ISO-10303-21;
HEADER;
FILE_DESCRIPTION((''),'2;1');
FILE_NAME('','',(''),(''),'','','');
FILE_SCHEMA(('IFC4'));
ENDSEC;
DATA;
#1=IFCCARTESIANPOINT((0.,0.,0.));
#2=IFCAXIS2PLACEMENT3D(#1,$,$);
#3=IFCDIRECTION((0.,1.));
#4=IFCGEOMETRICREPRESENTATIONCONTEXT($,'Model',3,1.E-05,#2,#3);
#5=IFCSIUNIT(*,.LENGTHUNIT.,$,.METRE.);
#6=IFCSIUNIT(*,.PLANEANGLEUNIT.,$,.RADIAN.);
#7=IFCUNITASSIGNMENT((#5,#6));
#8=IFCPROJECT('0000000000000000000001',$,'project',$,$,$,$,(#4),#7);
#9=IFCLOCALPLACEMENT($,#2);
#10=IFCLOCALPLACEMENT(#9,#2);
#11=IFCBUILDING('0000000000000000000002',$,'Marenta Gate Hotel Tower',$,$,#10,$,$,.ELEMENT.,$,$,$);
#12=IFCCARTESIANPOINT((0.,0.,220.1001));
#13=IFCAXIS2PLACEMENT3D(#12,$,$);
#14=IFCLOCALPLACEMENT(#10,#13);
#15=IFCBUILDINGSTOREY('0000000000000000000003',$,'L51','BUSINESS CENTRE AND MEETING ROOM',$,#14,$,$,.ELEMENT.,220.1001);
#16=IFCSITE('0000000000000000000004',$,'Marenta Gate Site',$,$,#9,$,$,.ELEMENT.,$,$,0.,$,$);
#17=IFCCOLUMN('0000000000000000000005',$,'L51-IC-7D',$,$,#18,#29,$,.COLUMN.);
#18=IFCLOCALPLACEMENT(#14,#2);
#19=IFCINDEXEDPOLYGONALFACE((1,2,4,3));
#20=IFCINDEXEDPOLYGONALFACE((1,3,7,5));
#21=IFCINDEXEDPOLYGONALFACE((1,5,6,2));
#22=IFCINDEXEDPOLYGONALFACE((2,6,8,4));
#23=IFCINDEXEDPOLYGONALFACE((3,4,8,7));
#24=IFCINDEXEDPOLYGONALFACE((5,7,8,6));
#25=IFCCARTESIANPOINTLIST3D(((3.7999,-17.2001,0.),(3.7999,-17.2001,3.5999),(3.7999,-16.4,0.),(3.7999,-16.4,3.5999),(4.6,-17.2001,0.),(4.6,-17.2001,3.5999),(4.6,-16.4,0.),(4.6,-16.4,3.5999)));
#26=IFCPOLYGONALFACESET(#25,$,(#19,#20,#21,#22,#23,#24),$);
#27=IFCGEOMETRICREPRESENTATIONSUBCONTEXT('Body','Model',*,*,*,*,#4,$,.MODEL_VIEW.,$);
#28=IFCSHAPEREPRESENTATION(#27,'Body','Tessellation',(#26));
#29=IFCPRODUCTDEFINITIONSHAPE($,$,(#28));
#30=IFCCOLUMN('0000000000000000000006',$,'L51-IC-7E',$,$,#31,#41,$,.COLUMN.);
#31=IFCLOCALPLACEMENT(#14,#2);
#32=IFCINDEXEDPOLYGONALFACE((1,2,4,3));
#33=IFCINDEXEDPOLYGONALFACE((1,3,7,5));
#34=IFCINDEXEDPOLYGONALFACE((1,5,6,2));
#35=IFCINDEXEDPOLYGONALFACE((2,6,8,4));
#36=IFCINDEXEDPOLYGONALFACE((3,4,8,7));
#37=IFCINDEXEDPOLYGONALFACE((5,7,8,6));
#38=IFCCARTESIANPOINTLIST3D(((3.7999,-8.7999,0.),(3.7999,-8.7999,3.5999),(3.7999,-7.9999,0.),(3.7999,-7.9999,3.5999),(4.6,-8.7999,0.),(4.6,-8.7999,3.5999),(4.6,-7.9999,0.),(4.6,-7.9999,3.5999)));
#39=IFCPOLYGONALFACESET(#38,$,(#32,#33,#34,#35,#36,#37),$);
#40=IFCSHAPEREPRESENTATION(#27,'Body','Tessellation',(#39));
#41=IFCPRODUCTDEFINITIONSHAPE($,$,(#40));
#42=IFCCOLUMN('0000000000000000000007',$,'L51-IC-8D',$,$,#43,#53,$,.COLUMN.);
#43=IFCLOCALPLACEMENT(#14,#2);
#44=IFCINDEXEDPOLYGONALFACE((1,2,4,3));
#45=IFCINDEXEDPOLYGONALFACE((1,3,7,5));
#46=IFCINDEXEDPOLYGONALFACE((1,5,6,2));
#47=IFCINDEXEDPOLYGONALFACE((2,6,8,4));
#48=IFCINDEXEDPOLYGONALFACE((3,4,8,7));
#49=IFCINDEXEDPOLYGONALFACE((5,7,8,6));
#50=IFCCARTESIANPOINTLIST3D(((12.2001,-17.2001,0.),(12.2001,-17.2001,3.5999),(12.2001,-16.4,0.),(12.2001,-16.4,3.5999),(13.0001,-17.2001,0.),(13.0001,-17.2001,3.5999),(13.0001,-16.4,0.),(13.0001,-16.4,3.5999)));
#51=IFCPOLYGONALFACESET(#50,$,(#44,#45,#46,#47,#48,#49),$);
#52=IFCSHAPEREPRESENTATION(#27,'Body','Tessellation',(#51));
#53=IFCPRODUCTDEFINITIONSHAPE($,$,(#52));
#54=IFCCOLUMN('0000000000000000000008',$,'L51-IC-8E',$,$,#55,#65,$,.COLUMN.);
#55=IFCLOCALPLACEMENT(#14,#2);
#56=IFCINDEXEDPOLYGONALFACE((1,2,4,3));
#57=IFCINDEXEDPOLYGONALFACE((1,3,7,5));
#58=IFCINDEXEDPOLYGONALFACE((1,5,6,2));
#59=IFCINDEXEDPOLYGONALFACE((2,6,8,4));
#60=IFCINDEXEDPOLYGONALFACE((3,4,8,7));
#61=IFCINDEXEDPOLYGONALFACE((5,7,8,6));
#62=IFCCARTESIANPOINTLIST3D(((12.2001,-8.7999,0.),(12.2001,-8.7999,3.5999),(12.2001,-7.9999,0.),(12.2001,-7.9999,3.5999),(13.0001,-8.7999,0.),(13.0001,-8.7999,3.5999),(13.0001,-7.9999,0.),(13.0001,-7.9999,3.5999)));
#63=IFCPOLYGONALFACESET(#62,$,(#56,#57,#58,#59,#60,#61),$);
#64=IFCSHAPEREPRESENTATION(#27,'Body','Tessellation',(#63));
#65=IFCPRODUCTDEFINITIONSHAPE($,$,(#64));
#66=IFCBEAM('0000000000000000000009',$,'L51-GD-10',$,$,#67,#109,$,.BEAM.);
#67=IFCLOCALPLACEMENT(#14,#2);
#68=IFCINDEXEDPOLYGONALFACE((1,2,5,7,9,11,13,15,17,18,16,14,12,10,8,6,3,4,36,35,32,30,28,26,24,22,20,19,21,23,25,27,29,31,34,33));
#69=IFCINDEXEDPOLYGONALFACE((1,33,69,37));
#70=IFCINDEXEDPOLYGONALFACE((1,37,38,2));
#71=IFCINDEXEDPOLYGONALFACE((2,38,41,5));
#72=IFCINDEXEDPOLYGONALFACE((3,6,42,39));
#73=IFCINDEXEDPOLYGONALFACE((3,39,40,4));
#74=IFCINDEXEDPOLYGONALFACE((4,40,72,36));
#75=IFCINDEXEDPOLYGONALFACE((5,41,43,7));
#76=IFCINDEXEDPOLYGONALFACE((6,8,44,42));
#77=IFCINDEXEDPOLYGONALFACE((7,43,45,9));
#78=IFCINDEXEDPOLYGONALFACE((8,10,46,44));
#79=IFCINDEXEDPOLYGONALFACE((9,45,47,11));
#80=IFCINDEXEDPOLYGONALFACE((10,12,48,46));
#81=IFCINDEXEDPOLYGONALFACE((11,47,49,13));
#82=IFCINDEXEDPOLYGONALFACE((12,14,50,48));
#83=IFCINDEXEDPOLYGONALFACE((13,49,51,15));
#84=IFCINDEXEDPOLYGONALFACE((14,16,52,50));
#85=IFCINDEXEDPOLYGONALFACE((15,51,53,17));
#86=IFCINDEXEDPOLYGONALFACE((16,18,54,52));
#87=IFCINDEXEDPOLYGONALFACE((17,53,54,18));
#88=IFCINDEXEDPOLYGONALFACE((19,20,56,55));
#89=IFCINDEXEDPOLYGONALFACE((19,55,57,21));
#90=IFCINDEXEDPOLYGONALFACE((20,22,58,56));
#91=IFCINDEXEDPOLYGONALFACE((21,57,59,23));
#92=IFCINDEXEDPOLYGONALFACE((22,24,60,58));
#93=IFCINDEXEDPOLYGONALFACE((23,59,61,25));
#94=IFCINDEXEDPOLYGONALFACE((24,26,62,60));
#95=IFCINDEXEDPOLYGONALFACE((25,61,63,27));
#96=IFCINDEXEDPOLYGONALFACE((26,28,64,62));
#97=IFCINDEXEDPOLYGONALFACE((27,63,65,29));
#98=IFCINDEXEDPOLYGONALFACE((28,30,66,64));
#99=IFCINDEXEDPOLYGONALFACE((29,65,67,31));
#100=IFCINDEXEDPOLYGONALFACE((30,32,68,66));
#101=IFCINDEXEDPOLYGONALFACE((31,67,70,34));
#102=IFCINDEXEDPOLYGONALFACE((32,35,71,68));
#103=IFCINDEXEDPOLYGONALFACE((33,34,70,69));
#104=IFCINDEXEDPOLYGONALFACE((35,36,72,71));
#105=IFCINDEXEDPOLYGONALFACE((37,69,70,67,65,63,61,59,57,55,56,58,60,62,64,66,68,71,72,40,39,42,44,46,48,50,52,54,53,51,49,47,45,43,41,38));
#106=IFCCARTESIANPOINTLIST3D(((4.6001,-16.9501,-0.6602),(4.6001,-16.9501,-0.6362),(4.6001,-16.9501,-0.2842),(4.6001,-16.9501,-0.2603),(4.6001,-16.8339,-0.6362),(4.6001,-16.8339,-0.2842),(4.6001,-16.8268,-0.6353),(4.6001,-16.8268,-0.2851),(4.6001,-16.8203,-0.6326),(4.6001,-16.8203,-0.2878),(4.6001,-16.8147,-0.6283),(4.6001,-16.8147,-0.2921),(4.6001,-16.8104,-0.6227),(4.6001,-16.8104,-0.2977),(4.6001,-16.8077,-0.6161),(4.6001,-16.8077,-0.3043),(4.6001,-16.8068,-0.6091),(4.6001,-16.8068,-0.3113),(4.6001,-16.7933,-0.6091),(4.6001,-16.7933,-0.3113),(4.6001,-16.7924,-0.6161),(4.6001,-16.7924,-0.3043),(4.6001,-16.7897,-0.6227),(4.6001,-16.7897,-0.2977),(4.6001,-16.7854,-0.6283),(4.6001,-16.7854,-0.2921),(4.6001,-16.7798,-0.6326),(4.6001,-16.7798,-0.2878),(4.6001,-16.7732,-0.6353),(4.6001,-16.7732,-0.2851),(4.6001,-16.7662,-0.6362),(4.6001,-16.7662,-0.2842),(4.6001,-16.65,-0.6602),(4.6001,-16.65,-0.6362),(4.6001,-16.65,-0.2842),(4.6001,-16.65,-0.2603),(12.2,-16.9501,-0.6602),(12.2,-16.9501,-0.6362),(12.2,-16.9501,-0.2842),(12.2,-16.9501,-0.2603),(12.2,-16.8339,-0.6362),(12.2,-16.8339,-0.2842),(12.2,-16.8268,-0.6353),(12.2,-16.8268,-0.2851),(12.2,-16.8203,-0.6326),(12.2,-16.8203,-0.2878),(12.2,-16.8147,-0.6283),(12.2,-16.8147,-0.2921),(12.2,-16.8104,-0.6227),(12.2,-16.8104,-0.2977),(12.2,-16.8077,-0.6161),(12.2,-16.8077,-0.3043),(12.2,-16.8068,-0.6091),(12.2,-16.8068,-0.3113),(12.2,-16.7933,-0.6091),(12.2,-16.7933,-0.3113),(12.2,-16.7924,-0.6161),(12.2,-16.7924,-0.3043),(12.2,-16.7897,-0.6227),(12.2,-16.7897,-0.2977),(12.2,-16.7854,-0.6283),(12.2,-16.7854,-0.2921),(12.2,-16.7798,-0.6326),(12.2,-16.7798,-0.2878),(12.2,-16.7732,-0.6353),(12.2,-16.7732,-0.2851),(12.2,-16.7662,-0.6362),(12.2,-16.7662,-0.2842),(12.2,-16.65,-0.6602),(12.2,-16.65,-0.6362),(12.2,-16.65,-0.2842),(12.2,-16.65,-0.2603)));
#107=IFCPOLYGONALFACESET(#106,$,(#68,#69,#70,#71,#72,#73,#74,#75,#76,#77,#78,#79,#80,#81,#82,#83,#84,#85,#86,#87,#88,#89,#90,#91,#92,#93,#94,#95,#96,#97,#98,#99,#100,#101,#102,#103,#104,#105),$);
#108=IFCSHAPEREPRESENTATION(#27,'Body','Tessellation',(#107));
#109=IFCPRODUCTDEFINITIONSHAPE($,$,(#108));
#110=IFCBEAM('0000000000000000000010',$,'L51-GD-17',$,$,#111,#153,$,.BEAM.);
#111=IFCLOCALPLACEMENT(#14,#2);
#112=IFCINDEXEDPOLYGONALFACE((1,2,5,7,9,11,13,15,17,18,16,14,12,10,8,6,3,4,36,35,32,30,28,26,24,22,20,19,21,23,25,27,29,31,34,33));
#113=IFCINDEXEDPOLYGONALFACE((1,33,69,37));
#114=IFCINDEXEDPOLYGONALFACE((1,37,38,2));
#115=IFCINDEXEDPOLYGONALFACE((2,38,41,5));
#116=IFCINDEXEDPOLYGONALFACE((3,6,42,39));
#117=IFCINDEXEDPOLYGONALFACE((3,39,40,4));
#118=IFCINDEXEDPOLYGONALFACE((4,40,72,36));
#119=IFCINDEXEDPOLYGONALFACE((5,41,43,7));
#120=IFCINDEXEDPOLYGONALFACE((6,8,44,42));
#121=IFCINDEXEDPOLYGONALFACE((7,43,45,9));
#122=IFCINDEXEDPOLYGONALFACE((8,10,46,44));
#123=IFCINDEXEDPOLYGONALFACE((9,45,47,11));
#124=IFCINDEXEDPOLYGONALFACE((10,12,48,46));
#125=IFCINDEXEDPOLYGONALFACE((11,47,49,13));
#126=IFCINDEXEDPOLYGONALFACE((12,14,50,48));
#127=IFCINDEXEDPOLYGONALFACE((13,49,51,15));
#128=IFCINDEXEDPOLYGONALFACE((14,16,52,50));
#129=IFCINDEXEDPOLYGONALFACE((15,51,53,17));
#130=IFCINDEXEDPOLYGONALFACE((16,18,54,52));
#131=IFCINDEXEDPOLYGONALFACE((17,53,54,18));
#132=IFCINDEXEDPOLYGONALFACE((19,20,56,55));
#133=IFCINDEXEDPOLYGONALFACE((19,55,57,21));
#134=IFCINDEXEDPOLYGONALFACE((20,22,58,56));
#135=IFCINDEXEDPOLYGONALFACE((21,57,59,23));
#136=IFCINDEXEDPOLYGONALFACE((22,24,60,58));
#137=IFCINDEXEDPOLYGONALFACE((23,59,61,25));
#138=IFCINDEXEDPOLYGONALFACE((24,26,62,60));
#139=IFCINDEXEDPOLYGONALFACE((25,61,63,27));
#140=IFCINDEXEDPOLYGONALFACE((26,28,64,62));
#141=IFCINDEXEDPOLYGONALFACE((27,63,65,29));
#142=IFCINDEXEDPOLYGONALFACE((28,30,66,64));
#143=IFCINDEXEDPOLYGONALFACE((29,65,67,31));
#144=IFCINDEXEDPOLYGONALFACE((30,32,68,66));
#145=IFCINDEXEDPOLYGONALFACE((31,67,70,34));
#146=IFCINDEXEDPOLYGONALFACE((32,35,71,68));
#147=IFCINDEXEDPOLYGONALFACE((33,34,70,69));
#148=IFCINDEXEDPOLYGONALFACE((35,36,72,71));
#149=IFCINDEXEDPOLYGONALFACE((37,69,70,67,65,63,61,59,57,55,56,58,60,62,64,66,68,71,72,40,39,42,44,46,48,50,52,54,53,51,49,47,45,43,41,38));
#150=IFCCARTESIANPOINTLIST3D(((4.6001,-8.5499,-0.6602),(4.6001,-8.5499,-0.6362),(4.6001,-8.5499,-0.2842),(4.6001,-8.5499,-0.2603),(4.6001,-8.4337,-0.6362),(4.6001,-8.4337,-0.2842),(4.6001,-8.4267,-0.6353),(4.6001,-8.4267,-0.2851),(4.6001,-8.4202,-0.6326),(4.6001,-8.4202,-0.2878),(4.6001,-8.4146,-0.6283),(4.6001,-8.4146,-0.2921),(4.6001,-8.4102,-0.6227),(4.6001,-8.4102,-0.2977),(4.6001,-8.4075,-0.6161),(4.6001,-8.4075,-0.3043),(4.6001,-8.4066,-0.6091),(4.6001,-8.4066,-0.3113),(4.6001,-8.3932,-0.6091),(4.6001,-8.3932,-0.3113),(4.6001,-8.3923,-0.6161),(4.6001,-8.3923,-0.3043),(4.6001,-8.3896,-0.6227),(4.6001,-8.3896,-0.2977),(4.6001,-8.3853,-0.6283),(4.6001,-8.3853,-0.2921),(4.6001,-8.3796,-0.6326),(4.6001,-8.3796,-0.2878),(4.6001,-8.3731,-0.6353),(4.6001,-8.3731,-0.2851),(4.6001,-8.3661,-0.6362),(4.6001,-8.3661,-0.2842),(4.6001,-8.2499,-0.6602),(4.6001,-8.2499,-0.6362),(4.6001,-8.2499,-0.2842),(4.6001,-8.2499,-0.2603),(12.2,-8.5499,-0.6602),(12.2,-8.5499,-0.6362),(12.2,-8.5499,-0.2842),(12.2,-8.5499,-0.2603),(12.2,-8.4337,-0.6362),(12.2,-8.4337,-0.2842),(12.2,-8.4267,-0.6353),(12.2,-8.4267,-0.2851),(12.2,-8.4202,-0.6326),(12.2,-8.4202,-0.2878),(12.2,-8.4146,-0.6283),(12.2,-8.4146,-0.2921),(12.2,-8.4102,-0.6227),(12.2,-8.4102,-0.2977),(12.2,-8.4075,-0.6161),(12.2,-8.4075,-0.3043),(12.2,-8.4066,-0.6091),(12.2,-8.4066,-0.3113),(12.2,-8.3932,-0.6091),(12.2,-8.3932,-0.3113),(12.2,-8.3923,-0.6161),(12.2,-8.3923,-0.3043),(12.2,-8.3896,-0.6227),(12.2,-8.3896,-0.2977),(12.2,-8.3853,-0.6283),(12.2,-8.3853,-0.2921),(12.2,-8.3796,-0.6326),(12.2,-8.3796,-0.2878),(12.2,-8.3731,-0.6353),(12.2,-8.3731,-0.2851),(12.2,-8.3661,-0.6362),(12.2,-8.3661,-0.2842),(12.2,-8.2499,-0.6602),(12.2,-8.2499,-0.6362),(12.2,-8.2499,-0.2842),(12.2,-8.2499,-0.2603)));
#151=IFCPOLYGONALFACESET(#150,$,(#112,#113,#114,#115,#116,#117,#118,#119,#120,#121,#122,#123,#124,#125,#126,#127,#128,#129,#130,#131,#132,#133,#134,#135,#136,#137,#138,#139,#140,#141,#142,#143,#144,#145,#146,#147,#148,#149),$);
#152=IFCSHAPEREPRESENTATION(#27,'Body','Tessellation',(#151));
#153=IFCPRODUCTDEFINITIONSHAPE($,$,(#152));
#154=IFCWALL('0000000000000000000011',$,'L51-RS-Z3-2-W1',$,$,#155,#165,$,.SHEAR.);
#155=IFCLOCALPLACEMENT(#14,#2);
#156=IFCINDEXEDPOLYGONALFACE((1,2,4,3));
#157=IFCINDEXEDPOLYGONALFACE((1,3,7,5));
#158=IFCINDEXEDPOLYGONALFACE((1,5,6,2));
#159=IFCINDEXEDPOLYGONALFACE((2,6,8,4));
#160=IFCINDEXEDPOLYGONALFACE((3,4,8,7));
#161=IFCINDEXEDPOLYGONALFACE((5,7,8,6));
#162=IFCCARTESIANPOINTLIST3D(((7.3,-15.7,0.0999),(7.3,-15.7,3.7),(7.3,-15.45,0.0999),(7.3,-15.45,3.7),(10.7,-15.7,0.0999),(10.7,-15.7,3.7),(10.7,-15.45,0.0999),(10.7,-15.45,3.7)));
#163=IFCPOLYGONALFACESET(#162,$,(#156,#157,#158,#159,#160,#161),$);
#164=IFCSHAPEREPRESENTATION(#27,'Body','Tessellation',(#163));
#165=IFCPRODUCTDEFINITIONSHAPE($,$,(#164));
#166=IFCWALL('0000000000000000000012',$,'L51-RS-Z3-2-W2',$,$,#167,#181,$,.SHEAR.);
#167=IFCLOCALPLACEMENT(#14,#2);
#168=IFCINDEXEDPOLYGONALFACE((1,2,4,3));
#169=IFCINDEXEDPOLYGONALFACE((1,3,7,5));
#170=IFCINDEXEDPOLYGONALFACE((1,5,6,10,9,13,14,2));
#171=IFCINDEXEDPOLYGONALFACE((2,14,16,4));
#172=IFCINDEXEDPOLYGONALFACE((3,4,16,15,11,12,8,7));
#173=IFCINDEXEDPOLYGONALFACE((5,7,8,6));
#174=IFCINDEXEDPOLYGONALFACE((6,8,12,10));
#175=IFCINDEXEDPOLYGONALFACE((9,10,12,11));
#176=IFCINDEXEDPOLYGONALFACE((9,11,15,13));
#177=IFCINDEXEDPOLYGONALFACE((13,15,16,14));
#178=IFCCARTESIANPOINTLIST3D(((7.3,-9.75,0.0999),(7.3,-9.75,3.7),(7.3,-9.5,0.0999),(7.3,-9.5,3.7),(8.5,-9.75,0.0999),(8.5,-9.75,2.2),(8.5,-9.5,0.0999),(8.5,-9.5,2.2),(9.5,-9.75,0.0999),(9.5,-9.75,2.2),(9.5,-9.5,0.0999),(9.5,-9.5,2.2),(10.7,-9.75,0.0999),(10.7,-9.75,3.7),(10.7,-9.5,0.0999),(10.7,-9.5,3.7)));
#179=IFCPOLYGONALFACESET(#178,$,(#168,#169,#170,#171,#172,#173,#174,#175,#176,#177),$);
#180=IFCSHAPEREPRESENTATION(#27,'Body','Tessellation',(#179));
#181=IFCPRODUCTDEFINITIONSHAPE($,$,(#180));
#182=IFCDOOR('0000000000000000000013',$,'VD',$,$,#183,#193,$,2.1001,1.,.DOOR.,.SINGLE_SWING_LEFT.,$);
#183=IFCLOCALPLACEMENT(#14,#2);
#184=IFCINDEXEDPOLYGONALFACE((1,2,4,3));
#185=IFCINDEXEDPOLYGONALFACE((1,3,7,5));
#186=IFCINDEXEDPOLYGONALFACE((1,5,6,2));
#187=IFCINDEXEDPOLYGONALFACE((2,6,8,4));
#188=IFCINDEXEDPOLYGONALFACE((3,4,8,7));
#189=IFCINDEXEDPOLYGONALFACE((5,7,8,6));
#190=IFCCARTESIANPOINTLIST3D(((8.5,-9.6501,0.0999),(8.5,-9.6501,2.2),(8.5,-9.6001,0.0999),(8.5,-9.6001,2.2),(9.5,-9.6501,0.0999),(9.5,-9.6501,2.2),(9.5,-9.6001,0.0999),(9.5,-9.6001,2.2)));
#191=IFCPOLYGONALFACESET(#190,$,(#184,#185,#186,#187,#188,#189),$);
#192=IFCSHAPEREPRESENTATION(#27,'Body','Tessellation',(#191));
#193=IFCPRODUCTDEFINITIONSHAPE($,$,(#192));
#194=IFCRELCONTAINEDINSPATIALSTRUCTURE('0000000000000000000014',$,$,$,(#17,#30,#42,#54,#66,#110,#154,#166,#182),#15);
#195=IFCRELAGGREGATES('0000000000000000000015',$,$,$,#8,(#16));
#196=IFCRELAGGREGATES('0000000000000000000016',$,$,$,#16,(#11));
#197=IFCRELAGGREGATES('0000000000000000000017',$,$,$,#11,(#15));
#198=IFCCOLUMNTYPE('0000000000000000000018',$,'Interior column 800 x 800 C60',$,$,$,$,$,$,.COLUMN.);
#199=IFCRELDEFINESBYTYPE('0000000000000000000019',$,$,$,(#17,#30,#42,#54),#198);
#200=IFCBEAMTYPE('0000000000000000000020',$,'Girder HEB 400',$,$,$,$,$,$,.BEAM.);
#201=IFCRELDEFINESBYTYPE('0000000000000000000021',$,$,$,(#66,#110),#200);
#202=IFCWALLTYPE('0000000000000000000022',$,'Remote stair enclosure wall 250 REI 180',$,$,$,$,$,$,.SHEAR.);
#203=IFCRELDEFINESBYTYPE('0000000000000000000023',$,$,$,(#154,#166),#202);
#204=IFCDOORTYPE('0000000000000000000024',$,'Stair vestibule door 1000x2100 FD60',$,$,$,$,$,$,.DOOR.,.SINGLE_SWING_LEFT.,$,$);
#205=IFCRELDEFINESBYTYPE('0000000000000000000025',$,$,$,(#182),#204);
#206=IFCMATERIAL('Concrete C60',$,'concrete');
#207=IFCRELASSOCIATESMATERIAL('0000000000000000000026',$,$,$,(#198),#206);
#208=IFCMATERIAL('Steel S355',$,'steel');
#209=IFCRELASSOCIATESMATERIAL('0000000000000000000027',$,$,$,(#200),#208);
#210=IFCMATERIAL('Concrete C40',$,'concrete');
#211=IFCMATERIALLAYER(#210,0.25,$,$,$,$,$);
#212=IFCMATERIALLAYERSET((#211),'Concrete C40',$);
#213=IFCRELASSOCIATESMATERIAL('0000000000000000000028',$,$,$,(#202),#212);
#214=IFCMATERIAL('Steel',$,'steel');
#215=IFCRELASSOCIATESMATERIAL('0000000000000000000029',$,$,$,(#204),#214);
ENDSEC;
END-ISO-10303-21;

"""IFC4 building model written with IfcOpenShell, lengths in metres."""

from ifc_helpers import new_model, si_unit, direction, frame, frame_2d, origin, origin_2d, place, context, subcontext, project, spatial, rectangle, i_section, extrude, material, layer, layer_set, material_profile, profile_set, type_object, element, fill, save


model = new_model("IFC4")

# Units and contexts
model_context = context("Model", 3, precision=1e-05, world=origin(), true_north=direction((0.0, 1.0)))
body_context = subcontext(model_context, "Body", "Model", "MODEL_VIEW")
ifc_project = project(units=[si_unit("LENGTHUNIT", "METRE"), si_unit("PLANEANGLEUNIT", "RADIAN")], contexts=[model_context])

# Site, building, storey
site_placement = place(None, origin())
site = spatial("IfcSite", under=ifc_project, at=site_placement, Name="Marenta Gate Site", CompositionType="ELEMENT", RefElevation=0.0)
building_placement = place(site_placement, origin())
building = spatial("IfcBuilding", under=site, at=building_placement, Name="Marenta Gate Hotel Tower", CompositionType="ELEMENT")
storey_placement = place(building_placement, frame((0.0, 0.0, 220.1001)))
storey = spatial("IfcBuildingStorey", under=building, at=storey_placement, Name="L51", Description="BUSINESS CENTRE AND MEETING ROOM", CompositionType="ELEMENT", Elevation=220.1001)

# Columns
ifc_material_1 = material(Name="Concrete C60", Category="concrete")
ifc_material_profile_1 = material_profile(ifc_material_1, rectangle(XDim=0.8, YDim=0.8, at=origin_2d()), Name="800 x 800")
ifc_profile_set_1 = profile_set([ifc_material_profile_1], Name="Concrete C60")
column_type = type_object("IfcColumnType", Name="Interior column 800 x 800 C60", PredefinedType="COLUMN", material=ifc_profile_set_1)
for number, where, z_axis, x_axis, name in (
    (1, (4.2, -16.8, 0.0), (0.0, 0.0, 1.0), (1.0, 0.0, 0.0), "L51-IC-7D"),
    (2, (4.2, -8.3999, 0.0), (0.0, 0.0, 1.0), (1.0, 0.0, 0.0), "L51-IC-7E"),
    (3, (12.6001, -16.8, 0.0), (0.0, 0.0, 1.0), (1.0, 0.0, 0.0), "L51-IC-8D"),
    (4, (12.6001, -8.3999, 0.0), (0.0, 0.0, 1.0), (1.0, 0.0, 0.0), "L51-IC-8E"),
):
    element("IfcColumn", number, at=place(storey_placement, frame(where, z_axis=z_axis, x_axis=x_axis)), inside=storey, type_object=column_type, Name=name, PredefinedType="COLUMN", context=body_context, shape_type="SweptSolid", body=[
        extrude(rectangle(XDim=0.8, YDim=0.8, at=origin_2d()), origin(), (0.0, 0.0, 1.0), 3.5999),
    ])

# Beams
ifc_material_2 = material(Name="Steel S355", Category="steel")
ifc_material_profile_2 = material_profile(ifc_material_2, i_section(OverallWidth=0.3, OverallDepth=0.3999, WebThickness=0.0134, FlangeThickness=0.0239, FilletRadius=0.0271, at=origin_2d()), Name="HEB 400")
ifc_profile_set_2 = profile_set([ifc_material_profile_2], Name="Steel S355")
beam_type = type_object("IfcBeamType", Name="Girder HEB 400", PredefinedType="BEAM", material=ifc_profile_set_2)
for number, where, z_axis, x_axis, name in (
    (5, (4.6001, -16.8, -0.4602), (1.0, 0.0, 0.0), (0.0, 1.0, 0.0), "L51-GD-10"),
    (6, (4.6001, -8.3999, -0.4602), (1.0, 0.0, 0.0), (0.0, 1.0, 0.0), "L51-GD-17"),
):
    element("IfcBeam", number, at=place(storey_placement, frame(where, z_axis=z_axis, x_axis=x_axis)), inside=storey, type_object=beam_type, Name=name, PredefinedType="BEAM", context=body_context, shape_type="SweptSolid", body=[
        extrude(i_section(OverallWidth=0.3, OverallDepth=0.3999, WebThickness=0.0134, FlangeThickness=0.0239, FilletRadius=0.0271, at=origin_2d()), origin(), (0.0, 0.0, 1.0), 7.5999),
    ])

# Wall
ifc_material_3 = material(Name="Concrete C40", Category="concrete")
ifc_layer_1 = layer(ifc_material_3, 0.25)
ifc_layer_set_1 = layer_set([ifc_layer_1], Name="Concrete C40")
wall_type_1 = type_object("IfcWallType", Name="Remote stair enclosure wall 250 REI 180", PredefinedType="SHEAR", material=ifc_layer_set_1)
wall_1_placement = place(storey_placement, frame((7.3, -15.575, 0.0999), z_axis=(0.0, 0.0, 1.0), x_axis=(1.0, 0.0, 0.0)))
element("IfcWall", 7, at=wall_1_placement, inside=storey, type_object=wall_type_1, Name="L51-RS-Z3-2-W1", PredefinedType="SHEAR", context=body_context, shape_type="SweptSolid", body=[
    extrude(rectangle(XDim=3.3999, YDim=0.25, at=frame_2d((1.7, 0.0))), origin(), (0.0, 0.0, 1.0), 3.6001),
])

# Wall, opening, door
wall_2_placement = place(storey_placement, frame((7.3, -9.625, 0.0999), z_axis=(0.0, 0.0, 1.0), x_axis=(1.0, 0.0, 0.0)))
wall_2 = element("IfcWall", 8, at=wall_2_placement, inside=storey, type_object=wall_type_1, Name="L51-RS-Z3-2-W2", PredefinedType="SHEAR", context=body_context, shape_type="SweptSolid", body=[
    extrude(rectangle(XDim=3.3999, YDim=0.25, at=frame_2d((1.7, 0.0))), origin(), (0.0, 0.0, 1.0), 3.6001),
])
opening_1_placement = place(wall_2_placement, frame((1.2, 0.0, 0.0)))
opening_1 = element("IfcOpeningElement", 9, at=opening_1_placement, cuts=wall_2, PredefinedType="OPENING", context=body_context, shape_type="SweptSolid", body=[
    extrude(rectangle(XDim=1.0, YDim=2.1001, at=frame_2d((0.5, 1.05))), frame((0.0, 0.125, 0.0), z_axis=(0.0, -1.0, 0.0), x_axis=(1.0, 0.0, 0.0)), (0.0, 0.0, 1.0), 0.25),
])
ifc_material_4 = material(Name="Steel", Category="steel")
door_type_1 = type_object("IfcDoorType", Name="Stair vestibule door 1000x2100 FD60", OperationType="SINGLE_SWING_LEFT", PredefinedType="DOOR", material=ifc_material_4)
door_1_placement = place(opening_1_placement, origin())
door_1 = element("IfcDoor", 10, at=door_1_placement, inside=storey, type_object=door_type_1, Name="VD", OperationType="SINGLE_SWING_LEFT", OverallHeight=2.1001, OverallWidth=1.0, PredefinedType="DOOR", context=body_context, shape_type="SweptSolid", body=[
    extrude(rectangle(XDim=1.0, YDim=2.1001, at=frame_2d((0.5, 1.05))), frame((0.0, 0.0249, 0.0), z_axis=(0.0, -1.0, 0.0), x_axis=(1.0, 0.0, 0.0)), (0.0, 0.0, 1.0), 0.05),
])
fill(opening_1, door_1)

save(model, "model.ifc")
